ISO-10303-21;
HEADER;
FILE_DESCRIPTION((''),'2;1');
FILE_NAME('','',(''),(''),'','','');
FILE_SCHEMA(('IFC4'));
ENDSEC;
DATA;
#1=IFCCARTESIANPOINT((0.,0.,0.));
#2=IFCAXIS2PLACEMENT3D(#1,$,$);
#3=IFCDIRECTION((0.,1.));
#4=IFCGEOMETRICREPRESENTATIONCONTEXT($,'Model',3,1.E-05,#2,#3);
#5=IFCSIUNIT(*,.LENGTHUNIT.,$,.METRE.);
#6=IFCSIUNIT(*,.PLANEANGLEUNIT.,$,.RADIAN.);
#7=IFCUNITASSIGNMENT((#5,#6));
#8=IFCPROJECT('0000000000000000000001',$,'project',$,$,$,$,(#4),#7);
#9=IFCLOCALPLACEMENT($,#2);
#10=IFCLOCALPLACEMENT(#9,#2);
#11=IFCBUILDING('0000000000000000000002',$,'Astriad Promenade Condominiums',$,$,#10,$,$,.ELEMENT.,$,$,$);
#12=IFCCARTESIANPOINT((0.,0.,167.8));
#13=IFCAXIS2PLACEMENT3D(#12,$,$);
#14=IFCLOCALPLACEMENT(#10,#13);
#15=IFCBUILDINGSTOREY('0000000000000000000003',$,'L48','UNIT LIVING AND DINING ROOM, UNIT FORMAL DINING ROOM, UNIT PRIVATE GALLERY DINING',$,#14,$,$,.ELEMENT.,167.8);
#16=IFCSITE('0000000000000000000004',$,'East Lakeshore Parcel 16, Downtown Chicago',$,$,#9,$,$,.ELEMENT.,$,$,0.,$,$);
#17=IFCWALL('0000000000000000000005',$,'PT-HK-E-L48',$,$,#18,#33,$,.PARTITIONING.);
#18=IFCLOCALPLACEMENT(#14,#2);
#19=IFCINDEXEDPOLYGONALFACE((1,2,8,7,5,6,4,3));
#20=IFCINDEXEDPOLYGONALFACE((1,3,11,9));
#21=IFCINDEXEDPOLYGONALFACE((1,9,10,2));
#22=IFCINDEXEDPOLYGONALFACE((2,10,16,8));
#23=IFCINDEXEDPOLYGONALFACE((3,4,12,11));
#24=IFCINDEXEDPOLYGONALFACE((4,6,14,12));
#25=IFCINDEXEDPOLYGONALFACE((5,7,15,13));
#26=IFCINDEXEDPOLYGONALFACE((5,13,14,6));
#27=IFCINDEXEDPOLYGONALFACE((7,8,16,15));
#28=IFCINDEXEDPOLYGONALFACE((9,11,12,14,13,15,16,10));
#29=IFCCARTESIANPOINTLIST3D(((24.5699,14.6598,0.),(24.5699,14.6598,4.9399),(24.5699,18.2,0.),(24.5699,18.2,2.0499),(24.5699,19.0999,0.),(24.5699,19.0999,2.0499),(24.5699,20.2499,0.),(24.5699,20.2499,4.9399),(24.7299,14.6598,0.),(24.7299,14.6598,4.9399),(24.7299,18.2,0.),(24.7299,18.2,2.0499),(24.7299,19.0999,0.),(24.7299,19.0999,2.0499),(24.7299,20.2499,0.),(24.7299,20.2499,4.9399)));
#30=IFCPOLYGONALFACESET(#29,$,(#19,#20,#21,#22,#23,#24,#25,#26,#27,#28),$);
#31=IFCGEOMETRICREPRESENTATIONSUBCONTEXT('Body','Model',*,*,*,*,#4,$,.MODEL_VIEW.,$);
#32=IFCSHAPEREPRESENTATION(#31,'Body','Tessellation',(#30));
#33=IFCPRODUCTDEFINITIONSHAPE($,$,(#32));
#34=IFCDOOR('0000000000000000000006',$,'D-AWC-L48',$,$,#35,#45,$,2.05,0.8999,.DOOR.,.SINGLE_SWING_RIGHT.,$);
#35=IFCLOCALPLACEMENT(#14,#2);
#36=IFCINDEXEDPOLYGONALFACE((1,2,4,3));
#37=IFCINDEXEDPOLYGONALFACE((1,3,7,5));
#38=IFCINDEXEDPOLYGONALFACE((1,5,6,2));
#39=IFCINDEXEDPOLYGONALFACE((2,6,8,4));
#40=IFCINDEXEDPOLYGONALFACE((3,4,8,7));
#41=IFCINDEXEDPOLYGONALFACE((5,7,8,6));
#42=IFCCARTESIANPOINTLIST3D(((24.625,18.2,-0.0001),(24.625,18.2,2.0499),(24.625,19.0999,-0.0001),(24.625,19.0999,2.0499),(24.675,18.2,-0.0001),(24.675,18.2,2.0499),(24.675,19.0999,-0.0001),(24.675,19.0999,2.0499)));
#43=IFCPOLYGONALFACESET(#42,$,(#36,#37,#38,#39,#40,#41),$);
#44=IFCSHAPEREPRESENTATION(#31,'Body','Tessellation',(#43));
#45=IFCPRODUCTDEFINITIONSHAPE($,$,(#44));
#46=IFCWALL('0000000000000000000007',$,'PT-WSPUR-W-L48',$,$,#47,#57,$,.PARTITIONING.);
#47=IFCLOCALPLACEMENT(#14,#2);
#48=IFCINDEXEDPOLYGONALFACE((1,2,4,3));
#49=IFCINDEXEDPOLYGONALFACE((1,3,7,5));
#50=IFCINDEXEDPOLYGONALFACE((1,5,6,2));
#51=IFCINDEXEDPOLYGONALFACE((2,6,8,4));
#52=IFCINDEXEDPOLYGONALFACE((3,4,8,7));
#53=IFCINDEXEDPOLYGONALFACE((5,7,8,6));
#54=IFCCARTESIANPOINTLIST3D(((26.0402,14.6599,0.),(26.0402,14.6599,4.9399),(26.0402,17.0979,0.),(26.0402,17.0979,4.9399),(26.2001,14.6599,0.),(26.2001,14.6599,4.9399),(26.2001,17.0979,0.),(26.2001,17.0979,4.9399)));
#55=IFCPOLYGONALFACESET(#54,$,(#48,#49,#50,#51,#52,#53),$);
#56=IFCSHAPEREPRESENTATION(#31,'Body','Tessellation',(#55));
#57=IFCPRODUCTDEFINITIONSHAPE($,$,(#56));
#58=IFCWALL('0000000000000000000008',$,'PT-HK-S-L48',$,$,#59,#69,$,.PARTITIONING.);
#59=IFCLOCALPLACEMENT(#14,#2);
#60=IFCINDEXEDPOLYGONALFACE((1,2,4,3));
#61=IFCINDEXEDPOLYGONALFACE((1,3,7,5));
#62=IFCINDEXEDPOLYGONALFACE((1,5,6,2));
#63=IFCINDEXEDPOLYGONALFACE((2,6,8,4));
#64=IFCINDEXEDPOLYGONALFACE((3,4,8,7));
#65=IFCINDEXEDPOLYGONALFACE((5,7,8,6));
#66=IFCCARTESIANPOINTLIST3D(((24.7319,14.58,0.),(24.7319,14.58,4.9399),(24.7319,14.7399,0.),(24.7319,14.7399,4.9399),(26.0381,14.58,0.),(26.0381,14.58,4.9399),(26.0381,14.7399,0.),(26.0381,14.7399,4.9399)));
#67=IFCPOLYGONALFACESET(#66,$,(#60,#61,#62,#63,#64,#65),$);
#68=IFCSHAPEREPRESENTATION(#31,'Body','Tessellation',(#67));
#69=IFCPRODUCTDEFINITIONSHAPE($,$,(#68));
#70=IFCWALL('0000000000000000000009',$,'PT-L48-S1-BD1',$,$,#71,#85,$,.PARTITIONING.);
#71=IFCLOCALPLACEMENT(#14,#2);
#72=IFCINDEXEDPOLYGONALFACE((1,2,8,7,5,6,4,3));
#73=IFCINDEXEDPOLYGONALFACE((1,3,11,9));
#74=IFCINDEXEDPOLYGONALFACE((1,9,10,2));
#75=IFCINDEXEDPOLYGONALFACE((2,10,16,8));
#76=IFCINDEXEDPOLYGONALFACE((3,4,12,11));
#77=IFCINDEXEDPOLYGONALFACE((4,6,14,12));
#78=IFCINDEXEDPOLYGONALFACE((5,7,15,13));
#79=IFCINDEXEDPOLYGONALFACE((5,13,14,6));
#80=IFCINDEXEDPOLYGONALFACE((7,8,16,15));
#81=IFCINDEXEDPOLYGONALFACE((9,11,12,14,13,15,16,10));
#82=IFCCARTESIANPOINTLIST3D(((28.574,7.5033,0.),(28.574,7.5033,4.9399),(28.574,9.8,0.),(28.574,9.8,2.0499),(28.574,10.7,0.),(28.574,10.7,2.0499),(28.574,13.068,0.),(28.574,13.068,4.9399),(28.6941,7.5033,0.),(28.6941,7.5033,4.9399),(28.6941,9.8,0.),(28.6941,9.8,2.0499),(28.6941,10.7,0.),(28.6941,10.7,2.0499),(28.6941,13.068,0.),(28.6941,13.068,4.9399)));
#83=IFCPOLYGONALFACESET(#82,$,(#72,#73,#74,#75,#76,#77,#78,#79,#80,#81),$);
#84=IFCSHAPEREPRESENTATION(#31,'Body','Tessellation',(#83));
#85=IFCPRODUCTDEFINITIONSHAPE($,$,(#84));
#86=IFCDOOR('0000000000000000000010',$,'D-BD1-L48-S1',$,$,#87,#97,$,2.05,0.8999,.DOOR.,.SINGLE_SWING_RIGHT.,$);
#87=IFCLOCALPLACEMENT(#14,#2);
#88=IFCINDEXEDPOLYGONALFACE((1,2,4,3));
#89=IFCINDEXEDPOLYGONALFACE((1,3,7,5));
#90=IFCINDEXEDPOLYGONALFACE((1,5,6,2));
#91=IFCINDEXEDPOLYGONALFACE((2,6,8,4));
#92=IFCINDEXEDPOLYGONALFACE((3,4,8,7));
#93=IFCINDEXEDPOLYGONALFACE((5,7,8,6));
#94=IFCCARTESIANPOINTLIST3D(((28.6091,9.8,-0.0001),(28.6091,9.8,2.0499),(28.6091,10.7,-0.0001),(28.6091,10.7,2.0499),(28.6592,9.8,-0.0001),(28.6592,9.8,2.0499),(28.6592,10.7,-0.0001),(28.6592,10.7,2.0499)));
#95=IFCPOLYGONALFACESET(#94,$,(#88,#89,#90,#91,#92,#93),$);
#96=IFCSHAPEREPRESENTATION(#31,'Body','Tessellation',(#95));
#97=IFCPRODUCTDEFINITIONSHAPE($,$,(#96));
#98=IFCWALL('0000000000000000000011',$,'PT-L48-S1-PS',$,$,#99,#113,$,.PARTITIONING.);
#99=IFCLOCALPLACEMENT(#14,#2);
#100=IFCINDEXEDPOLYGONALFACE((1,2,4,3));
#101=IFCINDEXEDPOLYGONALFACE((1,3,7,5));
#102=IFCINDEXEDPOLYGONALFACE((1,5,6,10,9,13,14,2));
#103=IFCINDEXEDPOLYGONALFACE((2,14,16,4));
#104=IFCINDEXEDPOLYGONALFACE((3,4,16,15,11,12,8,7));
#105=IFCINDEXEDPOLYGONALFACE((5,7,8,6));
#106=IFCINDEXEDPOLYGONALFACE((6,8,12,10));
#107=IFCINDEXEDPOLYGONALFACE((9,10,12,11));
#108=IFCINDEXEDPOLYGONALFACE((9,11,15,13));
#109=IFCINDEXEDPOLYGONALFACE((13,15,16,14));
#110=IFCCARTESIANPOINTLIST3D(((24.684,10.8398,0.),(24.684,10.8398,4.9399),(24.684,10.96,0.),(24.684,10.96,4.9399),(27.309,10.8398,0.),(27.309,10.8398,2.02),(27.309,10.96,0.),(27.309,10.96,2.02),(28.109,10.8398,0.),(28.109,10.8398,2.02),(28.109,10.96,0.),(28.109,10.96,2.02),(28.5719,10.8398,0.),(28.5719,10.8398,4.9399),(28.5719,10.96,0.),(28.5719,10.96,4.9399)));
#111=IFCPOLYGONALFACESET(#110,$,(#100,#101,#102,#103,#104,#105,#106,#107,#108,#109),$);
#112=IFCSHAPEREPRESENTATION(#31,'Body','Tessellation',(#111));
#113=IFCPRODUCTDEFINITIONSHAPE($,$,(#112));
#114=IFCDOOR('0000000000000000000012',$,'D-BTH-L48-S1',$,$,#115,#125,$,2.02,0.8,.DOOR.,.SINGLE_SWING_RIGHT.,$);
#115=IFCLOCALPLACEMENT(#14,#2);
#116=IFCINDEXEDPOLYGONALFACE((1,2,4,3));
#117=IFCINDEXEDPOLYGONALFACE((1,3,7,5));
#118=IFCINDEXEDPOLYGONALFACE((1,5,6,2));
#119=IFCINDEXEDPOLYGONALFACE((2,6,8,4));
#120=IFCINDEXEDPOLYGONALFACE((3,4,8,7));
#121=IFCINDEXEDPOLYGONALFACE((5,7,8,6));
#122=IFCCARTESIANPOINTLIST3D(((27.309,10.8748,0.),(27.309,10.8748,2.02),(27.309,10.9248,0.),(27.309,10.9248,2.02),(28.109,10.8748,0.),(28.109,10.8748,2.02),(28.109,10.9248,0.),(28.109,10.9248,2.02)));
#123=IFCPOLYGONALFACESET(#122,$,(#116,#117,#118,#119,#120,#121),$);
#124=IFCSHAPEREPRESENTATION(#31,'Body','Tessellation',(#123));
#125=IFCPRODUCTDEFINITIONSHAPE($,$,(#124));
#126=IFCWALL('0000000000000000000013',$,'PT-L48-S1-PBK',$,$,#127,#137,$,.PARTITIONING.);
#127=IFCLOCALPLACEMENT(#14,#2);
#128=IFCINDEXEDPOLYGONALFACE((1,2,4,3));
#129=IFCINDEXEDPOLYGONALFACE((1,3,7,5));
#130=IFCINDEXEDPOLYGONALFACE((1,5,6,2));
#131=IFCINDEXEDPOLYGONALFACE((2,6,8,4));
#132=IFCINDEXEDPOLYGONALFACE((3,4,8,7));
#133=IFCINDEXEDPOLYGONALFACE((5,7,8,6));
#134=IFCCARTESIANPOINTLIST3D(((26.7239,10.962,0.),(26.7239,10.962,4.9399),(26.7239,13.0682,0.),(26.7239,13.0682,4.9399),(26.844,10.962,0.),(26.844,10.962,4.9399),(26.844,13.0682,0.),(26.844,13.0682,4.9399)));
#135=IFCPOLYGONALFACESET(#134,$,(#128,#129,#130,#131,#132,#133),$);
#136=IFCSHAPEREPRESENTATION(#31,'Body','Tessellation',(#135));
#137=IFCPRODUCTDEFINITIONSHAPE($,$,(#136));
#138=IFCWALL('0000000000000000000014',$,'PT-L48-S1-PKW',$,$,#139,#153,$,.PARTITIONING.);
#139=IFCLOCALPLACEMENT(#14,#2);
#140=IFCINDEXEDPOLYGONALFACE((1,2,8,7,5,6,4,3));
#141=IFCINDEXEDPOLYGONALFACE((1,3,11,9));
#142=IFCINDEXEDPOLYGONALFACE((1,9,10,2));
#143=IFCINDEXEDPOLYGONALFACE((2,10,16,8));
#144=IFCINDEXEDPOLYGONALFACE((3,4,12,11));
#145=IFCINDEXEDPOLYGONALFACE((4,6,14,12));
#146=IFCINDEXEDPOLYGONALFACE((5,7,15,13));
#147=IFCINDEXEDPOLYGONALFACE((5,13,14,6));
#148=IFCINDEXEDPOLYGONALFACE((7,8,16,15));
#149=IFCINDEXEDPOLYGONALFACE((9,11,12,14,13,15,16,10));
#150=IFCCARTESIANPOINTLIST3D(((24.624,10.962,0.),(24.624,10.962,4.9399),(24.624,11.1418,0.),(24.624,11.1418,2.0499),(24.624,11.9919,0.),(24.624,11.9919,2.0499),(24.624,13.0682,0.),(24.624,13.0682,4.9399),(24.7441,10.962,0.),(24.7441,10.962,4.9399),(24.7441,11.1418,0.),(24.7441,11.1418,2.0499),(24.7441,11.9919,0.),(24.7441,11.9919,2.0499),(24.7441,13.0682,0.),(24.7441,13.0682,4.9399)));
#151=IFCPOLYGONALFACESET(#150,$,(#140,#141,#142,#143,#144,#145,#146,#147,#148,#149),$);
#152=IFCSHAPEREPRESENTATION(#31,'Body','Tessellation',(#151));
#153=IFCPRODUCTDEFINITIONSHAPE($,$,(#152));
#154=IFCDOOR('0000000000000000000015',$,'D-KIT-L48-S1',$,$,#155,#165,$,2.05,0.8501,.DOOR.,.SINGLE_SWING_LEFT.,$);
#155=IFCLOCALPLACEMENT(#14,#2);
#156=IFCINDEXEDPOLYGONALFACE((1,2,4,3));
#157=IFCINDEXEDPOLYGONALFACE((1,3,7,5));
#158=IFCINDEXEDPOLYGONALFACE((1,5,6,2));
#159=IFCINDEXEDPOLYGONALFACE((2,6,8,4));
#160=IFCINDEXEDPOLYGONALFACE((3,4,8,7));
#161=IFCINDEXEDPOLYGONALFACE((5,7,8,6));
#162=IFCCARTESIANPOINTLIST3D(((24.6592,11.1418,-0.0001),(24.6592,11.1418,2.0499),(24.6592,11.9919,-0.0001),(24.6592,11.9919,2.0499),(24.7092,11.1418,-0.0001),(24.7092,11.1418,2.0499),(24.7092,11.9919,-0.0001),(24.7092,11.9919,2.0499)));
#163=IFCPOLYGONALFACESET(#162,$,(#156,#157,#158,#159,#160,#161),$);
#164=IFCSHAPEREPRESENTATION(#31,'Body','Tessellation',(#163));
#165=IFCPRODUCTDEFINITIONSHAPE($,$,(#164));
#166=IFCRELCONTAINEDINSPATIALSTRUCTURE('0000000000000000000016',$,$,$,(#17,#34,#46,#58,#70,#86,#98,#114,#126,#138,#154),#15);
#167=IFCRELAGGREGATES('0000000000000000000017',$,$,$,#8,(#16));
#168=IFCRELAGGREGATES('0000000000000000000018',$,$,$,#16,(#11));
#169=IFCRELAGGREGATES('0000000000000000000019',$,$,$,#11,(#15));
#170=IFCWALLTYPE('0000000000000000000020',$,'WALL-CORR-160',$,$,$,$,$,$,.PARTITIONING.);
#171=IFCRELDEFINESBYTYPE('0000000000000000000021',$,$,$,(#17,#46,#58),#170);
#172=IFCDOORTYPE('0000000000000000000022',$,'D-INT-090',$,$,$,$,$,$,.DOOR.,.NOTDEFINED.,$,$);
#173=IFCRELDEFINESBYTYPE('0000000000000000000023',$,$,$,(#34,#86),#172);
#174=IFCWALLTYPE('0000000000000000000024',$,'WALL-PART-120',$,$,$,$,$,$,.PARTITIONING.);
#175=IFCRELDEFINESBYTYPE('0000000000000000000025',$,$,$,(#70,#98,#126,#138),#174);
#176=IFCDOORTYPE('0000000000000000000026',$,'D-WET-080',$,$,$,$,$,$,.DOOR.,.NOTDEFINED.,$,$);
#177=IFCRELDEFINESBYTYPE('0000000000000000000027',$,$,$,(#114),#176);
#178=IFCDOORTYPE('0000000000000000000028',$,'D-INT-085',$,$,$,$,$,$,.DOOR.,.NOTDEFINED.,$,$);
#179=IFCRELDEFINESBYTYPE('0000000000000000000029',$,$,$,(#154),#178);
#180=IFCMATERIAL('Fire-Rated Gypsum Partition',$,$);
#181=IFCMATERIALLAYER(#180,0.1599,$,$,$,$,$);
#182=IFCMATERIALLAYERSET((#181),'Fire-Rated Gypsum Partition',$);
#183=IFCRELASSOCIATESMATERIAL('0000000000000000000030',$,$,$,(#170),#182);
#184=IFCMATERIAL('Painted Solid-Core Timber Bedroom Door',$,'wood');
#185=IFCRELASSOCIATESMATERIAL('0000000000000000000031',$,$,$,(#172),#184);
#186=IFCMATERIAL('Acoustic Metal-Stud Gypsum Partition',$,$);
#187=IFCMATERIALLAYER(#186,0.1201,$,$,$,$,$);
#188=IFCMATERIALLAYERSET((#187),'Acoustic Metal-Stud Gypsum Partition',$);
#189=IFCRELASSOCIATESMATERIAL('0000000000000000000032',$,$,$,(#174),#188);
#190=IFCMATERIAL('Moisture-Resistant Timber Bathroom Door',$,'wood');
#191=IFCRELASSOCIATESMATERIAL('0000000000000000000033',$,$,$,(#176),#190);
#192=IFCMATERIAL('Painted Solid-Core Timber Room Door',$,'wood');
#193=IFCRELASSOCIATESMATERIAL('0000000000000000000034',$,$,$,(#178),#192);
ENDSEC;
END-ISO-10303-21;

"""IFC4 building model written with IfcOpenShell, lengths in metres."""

from ifc_helpers import new_model, si_unit, direction, frame, frame_2d, origin, place, context, subcontext, project, spatial, rectangle, extrude, source, transform, mapped, material, layer, layer_set, type_object, type_shapes, element, fill, save


model = new_model("IFC4")

# Units and contexts
model_context = context("Model", 3, precision=1e-05, world=origin(), true_north=direction((0.0, 1.0)))
body_context = subcontext(model_context, "Body", "Model", "MODEL_VIEW")
ifc_project = project(units=[si_unit("LENGTHUNIT", "METRE"), si_unit("PLANEANGLEUNIT", "RADIAN")], contexts=[model_context])

# Site, building, storey
site_placement = place(None, origin())
site = spatial("IfcSite", under=ifc_project, at=site_placement, Name="East Lakeshore Parcel 16, Downtown Chicago", CompositionType="ELEMENT", RefElevation=0.0)
building_placement = place(site_placement, origin())
building = spatial("IfcBuilding", under=site, at=building_placement, Name="Astriad Promenade Condominiums", CompositionType="ELEMENT")
storey_placement = place(building_placement, frame((0.0, 0.0, 167.8)))
storey = spatial("IfcBuildingStorey", under=building, at=storey_placement, Name="L48", Description="UNIT LIVING AND DINING ROOM, UNIT FORMAL DINING ROOM, UNIT PRIVATE GALLERY DINING", CompositionType="ELEMENT", Elevation=167.8)

# Shared definitions
ifc_material_1 = material(Name="Fire-Rated Gypsum Partition")
ifc_layer_1 = layer(ifc_material_1, 0.1599)
ifc_layer_set_1 = layer_set([ifc_layer_1], Name="Fire-Rated Gypsum Partition")
wall_type_1 = type_object("IfcWallType", Name="WALL-CORR-160", PredefinedType="PARTITIONING", material=ifc_layer_set_1)

# Wall, opening, door
wall_1_placement = place(storey_placement, frame((24.6499, 14.6599, 0.0), z_axis=(0.0, 0.0, 1.0), x_axis=(0.0, 1.0, 0.0)))
wall_1 = element("IfcWall", 1, at=wall_1_placement, inside=storey, type_object=wall_type_1, Name="PT-HK-E-L48", PredefinedType="PARTITIONING", context=body_context, shape_type="SweptSolid", body=[
    extrude(rectangle(XDim=5.5901, YDim=0.1599, at=frame_2d((2.7949, 0.0))), origin(), (0.0, 0.0, 1.0), 4.9399),
])
opening_1_placement = place(wall_1_placement, frame((3.54, 0.0, 0.0)))
opening_1 = element("IfcOpeningElement", 2, at=opening_1_placement, cuts=wall_1, PredefinedType="OPENING", context=body_context, shape_type="SweptSolid", body=[
    extrude(rectangle(XDim=0.8999, YDim=2.05, at=frame_2d((0.45, 1.0249))), frame((0.0, 0.0898, 0.0), z_axis=(0.0, -1.0, 0.0), x_axis=(1.0, 0.0, 0.0)), (0.0, 0.0, 1.0), 0.1799),
])
ifc_material_2 = material(Name="Painted Solid-Core Timber Bedroom Door", Category="wood")
door_type_1 = type_object("IfcDoorType", Name="D-INT-090", OperationType="NOTDEFINED", PredefinedType="DOOR", material=ifc_material_2)
shared_shape_1 = source(origin(), body_context, "Body", "SweptSolid", [
    extrude(rectangle(XDim=0.8999, YDim=2.05, at=frame_2d((0.45, 1.0249))), frame((0.0, 0.0249, 0.0), z_axis=(0.0, -1.0, 0.0), x_axis=(1.0, 0.0, 0.0)), (0.0, 0.0, 1.0), 0.05),
])
type_shapes(door_type_1, [shared_shape_1])
door_1_placement = place(opening_1_placement, origin())
door_1 = element("IfcDoor", 3, at=door_1_placement, inside=storey, type_object=door_type_1, Name="D-AWC-L48", OperationType="SINGLE_SWING_RIGHT", OverallHeight=2.05, OverallWidth=0.8999, PredefinedType="DOOR", context=body_context, shape_type="MappedRepresentation", body=[
    mapped(shared_shape_1, transform((0.0, 0.0, 0.0), scale=1.0)),
])
fill(opening_1, door_1)

# Walls
wall_2_placement = place(storey_placement, frame((26.1201, 14.6599, 0.0), z_axis=(0.0, 0.0, 1.0), x_axis=(0.0, 1.0, 0.0)))
element("IfcWall", 4, at=wall_2_placement, inside=storey, type_object=wall_type_1, Name="PT-WSPUR-W-L48", PredefinedType="PARTITIONING", context=body_context, shape_type="SweptSolid", body=[
    extrude(rectangle(XDim=2.438, YDim=0.1599, at=frame_2d((1.219, 0.0))), origin(), (0.0, 0.0, 1.0), 4.9399),
])
wall_3_placement = place(storey_placement, frame((24.7319, 14.6599, 0.0), z_axis=(0.0, 0.0, 1.0), x_axis=(1.0, 0.0, 0.0)))
element("IfcWall", 5, at=wall_3_placement, inside=storey, type_object=wall_type_1, Name="PT-HK-S-L48", PredefinedType="PARTITIONING", context=body_context, shape_type="SweptSolid", body=[
    extrude(rectangle(XDim=1.3062, YDim=0.1599, at=frame_2d((0.6531, 0.0))), origin(), (0.0, 0.0, 1.0), 4.9399),
])

# Walls, openings, doors
ifc_material_3 = material(Name="Acoustic Metal-Stud Gypsum Partition")
ifc_layer_2 = layer(ifc_material_3, 0.1201)
ifc_layer_set_2 = layer_set([ifc_layer_2], Name="Acoustic Metal-Stud Gypsum Partition")
wall_type_2 = type_object("IfcWallType", Name="WALL-PART-120", PredefinedType="PARTITIONING", material=ifc_layer_set_2)
wall_4_placement = place(storey_placement, frame((28.634, 7.5034, 0.0), z_axis=(0.0, 0.0, 1.0), x_axis=(0.0, 1.0, 0.0)))
wall_4 = element("IfcWall", 6, at=wall_4_placement, inside=storey, type_object=wall_type_2, Name="PT-L48-S1-BD1", PredefinedType="PARTITIONING", context=body_context, shape_type="SweptSolid", body=[
    extrude(rectangle(XDim=5.5647, YDim=0.1201, at=frame_2d((2.7822, 0.0))), origin(), (0.0, 0.0, 1.0), 4.9399),
])
opening_2_placement = place(wall_4_placement, frame((2.2966, 0.0, 0.0)))
opening_2 = element("IfcOpeningElement", 7, at=opening_2_placement, cuts=wall_4, PredefinedType="OPENING", context=body_context, shape_type="SweptSolid", body=[
    extrude(rectangle(XDim=0.8999, YDim=2.05, at=frame_2d((0.45, 1.0249))), frame((0.0, 0.0701, 0.0), z_axis=(0.0, -1.0, 0.0), x_axis=(1.0, 0.0, 0.0)), (0.0, 0.0, 1.0), 0.1401),
])
door_2_placement = place(opening_2_placement, origin())
door_2 = element("IfcDoor", 8, at=door_2_placement, inside=storey, type_object=door_type_1, Name="D-BD1-L48-S1", OperationType="SINGLE_SWING_RIGHT", OverallHeight=2.05, OverallWidth=0.8999, PredefinedType="DOOR", context=body_context, shape_type="MappedRepresentation", body=[
    mapped(shared_shape_1, transform((0.0, 0.0, 0.0), scale=1.0)),
])
fill(opening_2, door_2)
wall_5_placement = place(storey_placement, frame((24.6841, 10.8999, 0.0), z_axis=(0.0, 0.0, 1.0), x_axis=(1.0, 0.0, 0.0)))
wall_5 = element("IfcWall", 9, at=wall_5_placement, inside=storey, type_object=wall_type_2, Name="PT-L48-S1-PS", PredefinedType="PARTITIONING", context=body_context, shape_type="SweptSolid", body=[
    extrude(rectangle(XDim=3.8879, YDim=0.1201, at=frame_2d((1.9438, 0.0))), origin(), (0.0, 0.0, 1.0), 4.9399),
])
opening_3_placement = place(wall_5_placement, frame((2.625, 0.0, 0.0)))
opening_3 = element("IfcOpeningElement", 10, at=opening_3_placement, cuts=wall_5, PredefinedType="OPENING", context=body_context, shape_type="SweptSolid", body=[
    extrude(rectangle(XDim=0.8, YDim=2.02, at=frame_2d((0.3999, 1.01))), frame((0.0, 0.0701, 0.0), z_axis=(0.0, -1.0, 0.0), x_axis=(1.0, 0.0, 0.0)), (0.0, 0.0, 1.0), 0.1401),
])
ifc_material_4 = material(Name="Moisture-Resistant Timber Bathroom Door", Category="wood")
door_type_2 = type_object("IfcDoorType", Name="D-WET-080", OperationType="NOTDEFINED", PredefinedType="DOOR", material=ifc_material_4)
shared_shape_2 = source(origin(), body_context, "Body", "SweptSolid", [
    extrude(rectangle(XDim=0.8, YDim=2.02, at=frame_2d((0.3999, 1.01))), frame((0.0, 0.0249, 0.0), z_axis=(0.0, -1.0, 0.0), x_axis=(1.0, 0.0, 0.0)), (0.0, 0.0, 1.0), 0.05),
])
type_shapes(door_type_2, [shared_shape_2])
door_3_placement = place(opening_3_placement, origin())
door_3 = element("IfcDoor", 11, at=door_3_placement, inside=storey, type_object=door_type_2, Name="D-BTH-L48-S1", OperationType="SINGLE_SWING_RIGHT", OverallHeight=2.02, OverallWidth=0.8, PredefinedType="DOOR", context=body_context, shape_type="MappedRepresentation", body=[
    mapped(shared_shape_2, transform((0.0, 0.0, 0.0), scale=1.0)),
])
fill(opening_3, door_3)

# Wall
wall_6_placement = place(storey_placement, frame((26.7839, 10.9619, 0.0), z_axis=(0.0, 0.0, 1.0), x_axis=(0.0, 1.0, 0.0)))
element("IfcWall", 12, at=wall_6_placement, inside=storey, type_object=wall_type_2, Name="PT-L48-S1-PBK", PredefinedType="PARTITIONING", context=body_context, shape_type="SweptSolid", body=[
    extrude(rectangle(XDim=2.1062, YDim=0.1201, at=frame_2d((1.0532, 0.0))), origin(), (0.0, 0.0, 1.0), 4.9399),
])

# Wall, opening, door
wall_7_placement = place(storey_placement, frame((24.6841, 10.9619, 0.0), z_axis=(0.0, 0.0, 1.0), x_axis=(0.0, 1.0, 0.0)))
wall_7 = element("IfcWall", 13, at=wall_7_placement, inside=storey, type_object=wall_type_2, Name="PT-L48-S1-PKW", PredefinedType="PARTITIONING", context=body_context, shape_type="SweptSolid", body=[
    extrude(rectangle(XDim=2.1062, YDim=0.1201, at=frame_2d((1.0532, 0.0))), origin(), (0.0, 0.0, 1.0), 4.9399),
])
opening_4_placement = place(wall_7_placement, frame((0.1799, 0.0, 0.0)))
opening_4 = element("IfcOpeningElement", 14, at=opening_4_placement, cuts=wall_7, PredefinedType="OPENING", context=body_context, shape_type="SweptSolid", body=[
    extrude(rectangle(XDim=0.8501, YDim=2.05, at=frame_2d((0.425, 1.0249))), frame((0.0, 0.0701, 0.0), z_axis=(0.0, -1.0, 0.0), x_axis=(1.0, 0.0, 0.0)), (0.0, 0.0, 1.0), 0.1401),
])
ifc_material_5 = material(Name="Painted Solid-Core Timber Room Door", Category="wood")
door_type_3 = type_object("IfcDoorType", Name="D-INT-085", OperationType="NOTDEFINED", PredefinedType="DOOR", material=ifc_material_5)
shared_shape_3 = source(origin(), body_context, "Body", "SweptSolid", [
    extrude(rectangle(XDim=0.8501, YDim=2.05, at=frame_2d((0.425, 1.0249))), frame((0.0, 0.0249, 0.0), z_axis=(0.0, -1.0, 0.0), x_axis=(1.0, 0.0, 0.0)), (0.0, 0.0, 1.0), 0.05),
])
type_shapes(door_type_3, [shared_shape_3])
door_4_placement = place(opening_4_placement, origin())
door_4 = element("IfcDoor", 15, at=door_4_placement, inside=storey, type_object=door_type_3, Name="D-KIT-L48-S1", OperationType="SINGLE_SWING_LEFT", OverallHeight=2.05, OverallWidth=0.8501, PredefinedType="DOOR", context=body_context, shape_type="MappedRepresentation", body=[
    mapped(shared_shape_3, transform((0.0, 0.0, 0.0), scale=1.0)),
])
fill(opening_4, door_4)

save(model, "model.ifc")
